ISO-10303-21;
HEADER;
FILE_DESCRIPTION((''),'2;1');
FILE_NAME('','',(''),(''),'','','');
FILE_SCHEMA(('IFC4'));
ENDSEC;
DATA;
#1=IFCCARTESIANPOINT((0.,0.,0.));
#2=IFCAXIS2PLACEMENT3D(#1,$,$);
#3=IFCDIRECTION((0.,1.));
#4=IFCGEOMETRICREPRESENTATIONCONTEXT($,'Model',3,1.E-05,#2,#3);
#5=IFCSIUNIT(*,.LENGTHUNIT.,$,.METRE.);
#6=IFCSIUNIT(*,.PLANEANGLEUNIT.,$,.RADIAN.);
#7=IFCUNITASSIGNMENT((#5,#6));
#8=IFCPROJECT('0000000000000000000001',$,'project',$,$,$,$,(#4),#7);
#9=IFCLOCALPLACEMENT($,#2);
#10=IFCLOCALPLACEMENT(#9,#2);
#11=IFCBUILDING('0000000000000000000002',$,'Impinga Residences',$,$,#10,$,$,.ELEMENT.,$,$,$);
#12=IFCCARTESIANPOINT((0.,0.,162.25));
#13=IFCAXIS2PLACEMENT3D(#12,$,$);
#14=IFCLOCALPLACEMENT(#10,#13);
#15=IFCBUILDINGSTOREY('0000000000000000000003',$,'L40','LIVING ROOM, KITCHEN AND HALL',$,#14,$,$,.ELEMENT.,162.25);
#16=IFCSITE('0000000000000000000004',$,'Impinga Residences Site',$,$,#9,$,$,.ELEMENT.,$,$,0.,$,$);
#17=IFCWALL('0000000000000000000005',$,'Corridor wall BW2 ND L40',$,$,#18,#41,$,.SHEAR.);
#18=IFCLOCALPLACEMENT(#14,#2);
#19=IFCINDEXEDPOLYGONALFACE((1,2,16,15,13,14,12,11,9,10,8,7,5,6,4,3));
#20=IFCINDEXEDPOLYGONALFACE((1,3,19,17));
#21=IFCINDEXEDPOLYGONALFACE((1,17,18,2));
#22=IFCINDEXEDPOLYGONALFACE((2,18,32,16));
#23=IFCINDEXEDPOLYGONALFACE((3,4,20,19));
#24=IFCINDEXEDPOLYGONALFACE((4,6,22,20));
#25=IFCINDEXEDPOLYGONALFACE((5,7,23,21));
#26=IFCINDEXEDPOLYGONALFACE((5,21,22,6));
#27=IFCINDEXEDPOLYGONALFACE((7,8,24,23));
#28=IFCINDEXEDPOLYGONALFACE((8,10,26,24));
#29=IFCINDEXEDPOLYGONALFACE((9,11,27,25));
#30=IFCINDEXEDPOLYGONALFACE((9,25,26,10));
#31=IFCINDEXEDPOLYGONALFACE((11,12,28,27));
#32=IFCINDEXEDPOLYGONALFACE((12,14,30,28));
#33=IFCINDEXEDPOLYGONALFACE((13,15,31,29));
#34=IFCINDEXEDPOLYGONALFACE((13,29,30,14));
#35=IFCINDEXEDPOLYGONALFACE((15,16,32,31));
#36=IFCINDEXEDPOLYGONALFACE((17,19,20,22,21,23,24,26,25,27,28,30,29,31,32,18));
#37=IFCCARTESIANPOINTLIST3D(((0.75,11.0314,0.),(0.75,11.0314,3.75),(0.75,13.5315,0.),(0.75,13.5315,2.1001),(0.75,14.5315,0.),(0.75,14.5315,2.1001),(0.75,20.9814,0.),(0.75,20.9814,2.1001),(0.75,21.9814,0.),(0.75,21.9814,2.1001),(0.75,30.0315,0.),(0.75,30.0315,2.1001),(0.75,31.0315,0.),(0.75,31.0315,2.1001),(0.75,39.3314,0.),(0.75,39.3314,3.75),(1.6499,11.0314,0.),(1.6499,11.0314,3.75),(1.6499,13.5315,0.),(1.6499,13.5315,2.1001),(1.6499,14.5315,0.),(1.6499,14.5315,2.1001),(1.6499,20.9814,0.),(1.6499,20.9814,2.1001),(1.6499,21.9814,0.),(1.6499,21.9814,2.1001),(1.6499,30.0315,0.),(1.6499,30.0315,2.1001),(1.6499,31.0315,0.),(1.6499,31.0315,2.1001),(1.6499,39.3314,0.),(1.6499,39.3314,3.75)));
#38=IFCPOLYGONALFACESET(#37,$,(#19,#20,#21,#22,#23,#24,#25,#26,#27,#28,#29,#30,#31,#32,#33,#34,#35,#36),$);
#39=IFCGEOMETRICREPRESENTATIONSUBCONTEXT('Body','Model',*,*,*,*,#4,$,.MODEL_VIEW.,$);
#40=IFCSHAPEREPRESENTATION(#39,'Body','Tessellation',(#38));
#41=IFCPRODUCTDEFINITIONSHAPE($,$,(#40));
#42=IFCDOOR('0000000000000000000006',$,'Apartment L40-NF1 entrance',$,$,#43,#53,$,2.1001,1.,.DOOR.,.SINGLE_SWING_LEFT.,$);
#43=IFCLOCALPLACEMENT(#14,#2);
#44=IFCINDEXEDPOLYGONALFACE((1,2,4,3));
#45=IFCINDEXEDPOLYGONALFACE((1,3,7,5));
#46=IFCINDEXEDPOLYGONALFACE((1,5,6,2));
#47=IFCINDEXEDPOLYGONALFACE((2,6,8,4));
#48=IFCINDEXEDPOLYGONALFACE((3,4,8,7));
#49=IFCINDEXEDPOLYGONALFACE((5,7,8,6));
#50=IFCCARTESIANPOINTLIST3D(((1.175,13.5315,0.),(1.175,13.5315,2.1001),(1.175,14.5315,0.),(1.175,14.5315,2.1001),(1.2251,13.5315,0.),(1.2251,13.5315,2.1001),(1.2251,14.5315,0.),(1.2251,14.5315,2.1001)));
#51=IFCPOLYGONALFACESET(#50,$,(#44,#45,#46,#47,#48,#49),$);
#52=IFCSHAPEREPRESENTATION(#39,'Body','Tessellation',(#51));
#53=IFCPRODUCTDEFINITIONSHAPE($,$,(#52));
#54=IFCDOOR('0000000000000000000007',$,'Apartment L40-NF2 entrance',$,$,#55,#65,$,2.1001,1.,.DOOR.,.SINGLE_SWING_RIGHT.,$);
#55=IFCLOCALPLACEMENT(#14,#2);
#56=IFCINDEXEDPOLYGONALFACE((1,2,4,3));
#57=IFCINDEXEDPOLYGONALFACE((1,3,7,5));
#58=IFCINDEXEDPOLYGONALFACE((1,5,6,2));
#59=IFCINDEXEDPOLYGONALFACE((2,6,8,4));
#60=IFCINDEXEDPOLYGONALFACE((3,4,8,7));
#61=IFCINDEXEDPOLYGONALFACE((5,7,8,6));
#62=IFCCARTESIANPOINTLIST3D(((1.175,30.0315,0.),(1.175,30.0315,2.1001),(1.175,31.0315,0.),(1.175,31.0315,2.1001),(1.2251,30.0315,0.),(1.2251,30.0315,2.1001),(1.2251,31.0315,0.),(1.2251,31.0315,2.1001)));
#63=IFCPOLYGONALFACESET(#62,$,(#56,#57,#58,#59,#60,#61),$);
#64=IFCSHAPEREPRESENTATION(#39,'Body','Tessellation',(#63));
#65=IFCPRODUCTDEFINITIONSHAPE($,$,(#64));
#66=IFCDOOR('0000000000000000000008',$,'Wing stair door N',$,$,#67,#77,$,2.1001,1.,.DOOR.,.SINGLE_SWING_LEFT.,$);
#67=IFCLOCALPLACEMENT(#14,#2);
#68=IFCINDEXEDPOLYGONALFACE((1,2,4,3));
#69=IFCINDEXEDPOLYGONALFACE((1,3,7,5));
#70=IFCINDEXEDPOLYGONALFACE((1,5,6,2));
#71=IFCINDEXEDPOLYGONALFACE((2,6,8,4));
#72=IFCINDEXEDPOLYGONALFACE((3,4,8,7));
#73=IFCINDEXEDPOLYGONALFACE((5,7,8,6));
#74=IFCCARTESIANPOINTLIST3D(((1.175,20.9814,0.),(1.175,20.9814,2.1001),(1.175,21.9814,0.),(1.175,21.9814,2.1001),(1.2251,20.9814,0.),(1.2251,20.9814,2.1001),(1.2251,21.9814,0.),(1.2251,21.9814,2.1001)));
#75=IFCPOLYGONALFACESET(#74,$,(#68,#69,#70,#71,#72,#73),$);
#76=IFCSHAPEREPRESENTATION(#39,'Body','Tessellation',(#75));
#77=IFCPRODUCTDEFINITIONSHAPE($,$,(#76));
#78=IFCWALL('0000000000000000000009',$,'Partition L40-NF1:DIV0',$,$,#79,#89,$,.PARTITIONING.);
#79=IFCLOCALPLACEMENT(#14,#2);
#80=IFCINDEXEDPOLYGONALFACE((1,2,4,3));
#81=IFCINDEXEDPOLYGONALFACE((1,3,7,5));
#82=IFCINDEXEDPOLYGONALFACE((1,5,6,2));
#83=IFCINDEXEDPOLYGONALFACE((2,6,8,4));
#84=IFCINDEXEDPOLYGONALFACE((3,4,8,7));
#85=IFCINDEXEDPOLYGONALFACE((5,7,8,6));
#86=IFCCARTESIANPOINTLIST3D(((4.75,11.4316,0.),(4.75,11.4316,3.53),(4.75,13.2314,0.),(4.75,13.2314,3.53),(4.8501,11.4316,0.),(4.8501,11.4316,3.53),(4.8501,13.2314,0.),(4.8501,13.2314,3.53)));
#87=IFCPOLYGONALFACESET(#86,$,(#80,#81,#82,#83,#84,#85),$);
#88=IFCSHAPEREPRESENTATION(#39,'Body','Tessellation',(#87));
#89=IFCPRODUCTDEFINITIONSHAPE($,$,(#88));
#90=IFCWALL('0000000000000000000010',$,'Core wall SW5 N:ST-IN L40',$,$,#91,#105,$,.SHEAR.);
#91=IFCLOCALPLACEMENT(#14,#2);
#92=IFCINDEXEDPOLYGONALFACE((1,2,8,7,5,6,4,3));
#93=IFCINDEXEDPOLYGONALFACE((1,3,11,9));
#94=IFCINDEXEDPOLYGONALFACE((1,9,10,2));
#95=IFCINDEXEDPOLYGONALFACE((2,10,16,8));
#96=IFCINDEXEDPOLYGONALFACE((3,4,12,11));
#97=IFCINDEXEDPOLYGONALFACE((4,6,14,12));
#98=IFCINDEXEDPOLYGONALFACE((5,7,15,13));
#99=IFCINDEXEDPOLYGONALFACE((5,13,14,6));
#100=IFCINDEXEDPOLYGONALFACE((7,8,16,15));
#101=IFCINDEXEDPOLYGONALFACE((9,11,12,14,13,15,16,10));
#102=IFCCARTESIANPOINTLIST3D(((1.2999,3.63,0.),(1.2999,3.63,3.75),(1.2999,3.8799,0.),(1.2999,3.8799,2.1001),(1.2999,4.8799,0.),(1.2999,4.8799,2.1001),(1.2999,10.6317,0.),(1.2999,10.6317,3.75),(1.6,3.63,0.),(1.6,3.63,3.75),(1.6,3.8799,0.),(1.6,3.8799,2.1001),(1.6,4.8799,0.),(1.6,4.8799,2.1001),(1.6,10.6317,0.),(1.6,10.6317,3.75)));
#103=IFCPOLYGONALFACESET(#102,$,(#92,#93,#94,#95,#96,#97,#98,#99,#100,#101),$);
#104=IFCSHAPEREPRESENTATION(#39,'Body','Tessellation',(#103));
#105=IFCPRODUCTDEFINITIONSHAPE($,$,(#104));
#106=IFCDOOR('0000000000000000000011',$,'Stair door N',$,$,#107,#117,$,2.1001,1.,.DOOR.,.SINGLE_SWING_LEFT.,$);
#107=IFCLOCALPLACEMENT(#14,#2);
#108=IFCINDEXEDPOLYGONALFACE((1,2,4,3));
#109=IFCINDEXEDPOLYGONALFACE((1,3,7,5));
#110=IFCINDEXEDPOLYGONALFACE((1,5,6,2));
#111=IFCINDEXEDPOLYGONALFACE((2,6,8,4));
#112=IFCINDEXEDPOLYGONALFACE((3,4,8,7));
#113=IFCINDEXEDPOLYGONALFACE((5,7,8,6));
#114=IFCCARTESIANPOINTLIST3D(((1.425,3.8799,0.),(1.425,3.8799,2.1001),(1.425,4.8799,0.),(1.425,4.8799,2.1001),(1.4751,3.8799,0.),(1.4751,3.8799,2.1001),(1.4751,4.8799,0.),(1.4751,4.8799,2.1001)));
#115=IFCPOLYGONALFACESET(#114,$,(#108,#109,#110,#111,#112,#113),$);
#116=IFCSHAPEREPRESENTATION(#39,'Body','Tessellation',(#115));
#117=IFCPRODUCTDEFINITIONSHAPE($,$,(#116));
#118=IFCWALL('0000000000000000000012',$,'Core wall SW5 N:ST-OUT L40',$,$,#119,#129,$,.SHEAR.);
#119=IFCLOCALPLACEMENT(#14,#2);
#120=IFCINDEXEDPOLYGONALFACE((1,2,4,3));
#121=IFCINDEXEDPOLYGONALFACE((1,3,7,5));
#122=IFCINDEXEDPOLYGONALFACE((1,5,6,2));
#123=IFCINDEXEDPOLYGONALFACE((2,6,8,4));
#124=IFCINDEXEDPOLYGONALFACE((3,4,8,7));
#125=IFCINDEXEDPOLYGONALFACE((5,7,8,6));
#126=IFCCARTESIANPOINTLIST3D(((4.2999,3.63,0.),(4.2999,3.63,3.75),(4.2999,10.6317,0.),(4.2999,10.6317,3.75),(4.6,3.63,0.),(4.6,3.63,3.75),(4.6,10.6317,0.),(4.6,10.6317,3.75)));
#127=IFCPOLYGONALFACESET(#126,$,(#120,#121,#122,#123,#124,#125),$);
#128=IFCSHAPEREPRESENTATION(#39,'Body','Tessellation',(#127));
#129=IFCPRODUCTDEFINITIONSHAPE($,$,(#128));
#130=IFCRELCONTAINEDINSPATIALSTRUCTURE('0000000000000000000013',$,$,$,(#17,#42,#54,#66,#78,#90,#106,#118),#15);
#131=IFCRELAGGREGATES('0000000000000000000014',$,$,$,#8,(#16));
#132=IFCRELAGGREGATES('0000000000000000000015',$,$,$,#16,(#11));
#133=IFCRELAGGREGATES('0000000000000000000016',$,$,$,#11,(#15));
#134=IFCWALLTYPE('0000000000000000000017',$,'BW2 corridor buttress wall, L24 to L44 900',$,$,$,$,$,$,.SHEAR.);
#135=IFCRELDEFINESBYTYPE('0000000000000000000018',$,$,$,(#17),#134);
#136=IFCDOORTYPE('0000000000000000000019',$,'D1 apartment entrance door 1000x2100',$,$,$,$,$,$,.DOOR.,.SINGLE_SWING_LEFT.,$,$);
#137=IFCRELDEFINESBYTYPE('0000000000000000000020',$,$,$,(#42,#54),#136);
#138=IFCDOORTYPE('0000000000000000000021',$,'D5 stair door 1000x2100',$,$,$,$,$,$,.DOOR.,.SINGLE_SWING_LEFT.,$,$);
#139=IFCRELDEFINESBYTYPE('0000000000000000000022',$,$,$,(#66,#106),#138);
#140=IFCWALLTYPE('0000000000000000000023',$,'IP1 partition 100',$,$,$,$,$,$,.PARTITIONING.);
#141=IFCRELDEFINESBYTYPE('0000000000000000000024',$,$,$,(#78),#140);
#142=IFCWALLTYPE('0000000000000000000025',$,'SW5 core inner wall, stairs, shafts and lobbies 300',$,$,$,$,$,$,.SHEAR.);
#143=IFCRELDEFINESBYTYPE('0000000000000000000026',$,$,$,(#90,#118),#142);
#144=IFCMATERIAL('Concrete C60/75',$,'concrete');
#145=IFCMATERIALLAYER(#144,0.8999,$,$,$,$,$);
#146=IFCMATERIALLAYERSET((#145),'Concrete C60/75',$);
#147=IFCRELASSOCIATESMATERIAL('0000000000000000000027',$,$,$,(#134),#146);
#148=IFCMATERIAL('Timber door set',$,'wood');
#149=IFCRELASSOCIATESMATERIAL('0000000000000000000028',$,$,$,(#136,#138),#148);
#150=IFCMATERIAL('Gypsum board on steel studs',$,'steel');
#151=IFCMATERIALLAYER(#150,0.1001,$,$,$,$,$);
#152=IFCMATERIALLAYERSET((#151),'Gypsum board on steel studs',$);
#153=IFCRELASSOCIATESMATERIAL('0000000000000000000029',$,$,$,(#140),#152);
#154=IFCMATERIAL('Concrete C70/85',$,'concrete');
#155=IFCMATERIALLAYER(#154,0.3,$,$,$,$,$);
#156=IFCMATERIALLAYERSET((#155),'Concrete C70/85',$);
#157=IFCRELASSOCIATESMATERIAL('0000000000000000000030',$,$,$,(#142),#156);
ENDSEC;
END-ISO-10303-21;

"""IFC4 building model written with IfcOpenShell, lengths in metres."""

from ifc_helpers import new_model, si_unit, direction, frame, frame_2d, origin, place, context, subcontext, project, spatial, rectangle, extrude, material, layer, layer_set, type_object, element, fill, save


model = new_model("IFC4")

# Units and contexts
model_context = context("Model", 3, precision=1e-05, world=origin(), true_north=direction((0.0, 1.0)))
body_context = subcontext(model_context, "Body", "Model", "MODEL_VIEW")
ifc_project = project(units=[si_unit("LENGTHUNIT", "METRE"), si_unit("PLANEANGLEUNIT", "RADIAN")], contexts=[model_context])

# Site, building, storey
site_placement = place(None, origin())
site = spatial("IfcSite", under=ifc_project, at=site_placement, Name="Impinga Residences Site", CompositionType="ELEMENT", RefElevation=0.0)
building_placement = place(site_placement, origin())
building = spatial("IfcBuilding", under=site, at=building_placement, Name="Impinga Residences", CompositionType="ELEMENT")
storey_placement = place(building_placement, frame((0.0, 0.0, 162.25)))
storey = spatial("IfcBuildingStorey", under=building, at=storey_placement, Name="L40", Description="LIVING ROOM, KITCHEN AND HALL", CompositionType="ELEMENT", Elevation=162.25)

# Wall, openings, doors
ifc_material_1 = material(Name="Concrete C60/75", Category="concrete")
ifc_layer_1 = layer(ifc_material_1, 0.8999)
ifc_layer_set_1 = layer_set([ifc_layer_1], Name="Concrete C60/75")
wall_type_1 = type_object("IfcWallType", Name="BW2 corridor buttress wall, L24 to L44 900", PredefinedType="SHEAR", material=ifc_layer_set_1)
wall_1_placement = place(storey_placement, frame((1.2, 11.0315, 0.0), z_axis=(0.0, 0.0, 1.0), x_axis=(0.0, 1.0, 0.0)))
wall_1 = element("IfcWall", 1, at=wall_1_placement, inside=storey, type_object=wall_type_1, Name="Corridor wall BW2 ND L40", PredefinedType="SHEAR", context=body_context, shape_type="SweptSolid", body=[
    extrude(rectangle(XDim=28.3, YDim=0.8999, at=frame_2d((14.1499, 0.0))), origin(), (0.0, 0.0, 1.0), 3.75),
])
opening_1_placement = place(wall_1_placement, frame((9.95, 0.0, 0.0)))
opening_1 = element("IfcOpeningElement", 2, at=opening_1_placement, cuts=wall_1, PredefinedType="OPENING", context=body_context, shape_type="SweptSolid", body=[
    extrude(rectangle(XDim=1.0, YDim=2.1001, at=frame_2d((0.5, 1.05))), frame((0.0, 0.46, 0.0), z_axis=(0.0, -1.0, 0.0), x_axis=(1.0, 0.0, 0.0)), (0.0, 0.0, 1.0), 0.9199),
])
opening_2_placement = place(wall_1_placement, frame((2.5, 0.0, 0.0)))
opening_2 = element("IfcOpeningElement", 3, at=opening_2_placement, cuts=wall_1, PredefinedType="OPENING", context=body_context, shape_type="SweptSolid", body=[
    extrude(rectangle(XDim=1.0, YDim=2.1001, at=frame_2d((0.5, 1.05))), frame((0.0, 0.46, 0.0), z_axis=(0.0, -1.0, 0.0), x_axis=(1.0, 0.0, 0.0)), (0.0, 0.0, 1.0), 0.9199),
])
opening_3_placement = place(wall_1_placement, frame((19.0, 0.0, 0.0)))
opening_3 = element("IfcOpeningElement", 4, at=opening_3_placement, cuts=wall_1, PredefinedType="OPENING", context=body_context, shape_type="SweptSolid", body=[
    extrude(rectangle(XDim=1.0, YDim=2.1001, at=frame_2d((0.5, 1.05))), frame((0.0, 0.46, 0.0), z_axis=(0.0, -1.0, 0.0), x_axis=(1.0, 0.0, 0.0)), (0.0, 0.0, 1.0), 0.9199),
])
ifc_material_2 = material(Name="Timber door set", Category="wood")
door_type_1 = type_object("IfcDoorType", Name="D1 apartment entrance door 1000x2100", OperationType="SINGLE_SWING_LEFT", PredefinedType="DOOR", material=ifc_material_2)
door_1_placement = place(opening_2_placement, origin())
door_1 = element("IfcDoor", 5, at=door_1_placement, inside=storey, type_object=door_type_1, Name="Apartment L40-NF1 entrance", OperationType="SINGLE_SWING_LEFT", OverallHeight=2.1001, OverallWidth=1.0, PredefinedType="DOOR", context=body_context, shape_type="SweptSolid", body=[
    extrude(rectangle(XDim=1.0, YDim=2.1001, at=frame_2d((0.5, 1.05))), frame((0.0, 0.0249, 0.0), z_axis=(0.0, -1.0, 0.0), x_axis=(1.0, 0.0, 0.0)), (0.0, 0.0, 1.0), 0.05),
])
fill(opening_2, door_1)
door_2_placement = place(opening_3_placement, origin())
door_2 = element("IfcDoor", 6, at=door_2_placement, inside=storey, type_object=door_type_1, Name="Apartment L40-NF2 entrance", OperationType="SINGLE_SWING_RIGHT", OverallHeight=2.1001, OverallWidth=1.0, PredefinedType="DOOR", context=body_context, shape_type="SweptSolid", body=[
    extrude(rectangle(XDim=1.0, YDim=2.1001, at=frame_2d((0.5, 1.05))), frame((0.0, 0.0249, 0.0), z_axis=(0.0, -1.0, 0.0), x_axis=(1.0, 0.0, 0.0)), (0.0, 0.0, 1.0), 0.05),
])
fill(opening_3, door_2)
door_type_2 = type_object("IfcDoorType", Name="D5 stair door 1000x2100", OperationType="SINGLE_SWING_LEFT", PredefinedType="DOOR", material=ifc_material_2)
door_3_placement = place(opening_1_placement, origin())
door_3 = element("IfcDoor", 7, at=door_3_placement, inside=storey, type_object=door_type_2, Name="Wing stair door N", OperationType="SINGLE_SWING_LEFT", OverallHeight=2.1001, OverallWidth=1.0, PredefinedType="DOOR", context=body_context, shape_type="SweptSolid", body=[
    extrude(rectangle(XDim=1.0, YDim=2.1001, at=frame_2d((0.5, 1.05))), frame((0.0, 0.0249, 0.0), z_axis=(0.0, -1.0, 0.0), x_axis=(1.0, 0.0, 0.0)), (0.0, 0.0, 1.0), 0.05),
])
fill(opening_1, door_3)

# Wall
ifc_material_3 = material(Name="Gypsum board on steel studs", Category="steel")
ifc_layer_2 = layer(ifc_material_3, 0.1001)
ifc_layer_set_2 = layer_set([ifc_layer_2], Name="Gypsum board on steel studs")
wall_type_2 = type_object("IfcWallType", Name="IP1 partition 100", PredefinedType="PARTITIONING", material=ifc_layer_set_2)
wall_2_placement = place(storey_placement, frame((4.8, 11.4316, 0.0), z_axis=(0.0, 0.0, 1.0), x_axis=(0.0, 1.0, 0.0)))
element("IfcWall", 8, at=wall_2_placement, inside=storey, type_object=wall_type_2, Name="Partition L40-NF1:DIV0", PredefinedType="PARTITIONING", context=body_context, shape_type="SweptSolid", body=[
    extrude(rectangle(XDim=1.7998, YDim=0.1001, at=frame_2d((0.8999, 0.0))), origin(), (0.0, 0.0, 1.0), 3.53),
])

# Wall, opening, door
ifc_material_4 = material(Name="Concrete C70/85", Category="concrete")
ifc_layer_3 = layer(ifc_material_4, 0.3)
ifc_layer_set_3 = layer_set([ifc_layer_3], Name="Concrete C70/85")
wall_type_3 = type_object("IfcWallType", Name="SW5 core inner wall, stairs, shafts and lobbies 300", PredefinedType="SHEAR", material=ifc_layer_set_3)
wall_3_placement = place(storey_placement, frame((1.45, 3.6299, 0.0), z_axis=(0.0, 0.0, 1.0), x_axis=(0.0, 1.0, 0.0)))
wall_3 = element("IfcWall", 9, at=wall_3_placement, inside=storey, type_object=wall_type_3, Name="Core wall SW5 N:ST-IN L40", PredefinedType="SHEAR", context=body_context, shape_type="SweptSolid", body=[
    extrude(rectangle(XDim=7.0017, YDim=0.3, at=frame_2d((3.501, 0.0))), origin(), (0.0, 0.0, 1.0), 3.75),
])
opening_4_placement = place(wall_3_placement, frame((0.25, 0.0, 0.0)))
opening_4 = element("IfcOpeningElement", 10, at=opening_4_placement, cuts=wall_3, PredefinedType="OPENING", context=body_context, shape_type="SweptSolid", body=[
    extrude(rectangle(XDim=1.0, YDim=2.1001, at=frame_2d((0.5, 1.05))), frame((0.0, 0.1599, 0.0), z_axis=(0.0, -1.0, 0.0), x_axis=(1.0, 0.0, 0.0)), (0.0, 0.0, 1.0), 0.3201),
])
door_4_placement = place(opening_4_placement, origin())
door_4 = element("IfcDoor", 11, at=door_4_placement, inside=storey, type_object=door_type_2, Name="Stair door N", OperationType="SINGLE_SWING_LEFT", OverallHeight=2.1001, OverallWidth=1.0, PredefinedType="DOOR", context=body_context, shape_type="SweptSolid", body=[
    extrude(rectangle(XDim=1.0, YDim=2.1001, at=frame_2d((0.5, 1.05))), frame((0.0, 0.0249, 0.0), z_axis=(0.0, -1.0, 0.0), x_axis=(1.0, 0.0, 0.0)), (0.0, 0.0, 1.0), 0.05),
])
fill(opening_4, door_4)

# Wall
wall_4_placement = place(storey_placement, frame((4.45, 3.6299, 0.0), z_axis=(0.0, 0.0, 1.0), x_axis=(0.0, 1.0, 0.0)))
element("IfcWall", 12, at=wall_4_placement, inside=storey, type_object=wall_type_3, Name="Core wall SW5 N:ST-OUT L40", PredefinedType="SHEAR", context=body_context, shape_type="SweptSolid", body=[
    extrude(rectangle(XDim=7.0017, YDim=0.3, at=frame_2d((3.501, 0.0))), origin(), (0.0, 0.0, 1.0), 3.75),
])

save(model, "model.ifc")
